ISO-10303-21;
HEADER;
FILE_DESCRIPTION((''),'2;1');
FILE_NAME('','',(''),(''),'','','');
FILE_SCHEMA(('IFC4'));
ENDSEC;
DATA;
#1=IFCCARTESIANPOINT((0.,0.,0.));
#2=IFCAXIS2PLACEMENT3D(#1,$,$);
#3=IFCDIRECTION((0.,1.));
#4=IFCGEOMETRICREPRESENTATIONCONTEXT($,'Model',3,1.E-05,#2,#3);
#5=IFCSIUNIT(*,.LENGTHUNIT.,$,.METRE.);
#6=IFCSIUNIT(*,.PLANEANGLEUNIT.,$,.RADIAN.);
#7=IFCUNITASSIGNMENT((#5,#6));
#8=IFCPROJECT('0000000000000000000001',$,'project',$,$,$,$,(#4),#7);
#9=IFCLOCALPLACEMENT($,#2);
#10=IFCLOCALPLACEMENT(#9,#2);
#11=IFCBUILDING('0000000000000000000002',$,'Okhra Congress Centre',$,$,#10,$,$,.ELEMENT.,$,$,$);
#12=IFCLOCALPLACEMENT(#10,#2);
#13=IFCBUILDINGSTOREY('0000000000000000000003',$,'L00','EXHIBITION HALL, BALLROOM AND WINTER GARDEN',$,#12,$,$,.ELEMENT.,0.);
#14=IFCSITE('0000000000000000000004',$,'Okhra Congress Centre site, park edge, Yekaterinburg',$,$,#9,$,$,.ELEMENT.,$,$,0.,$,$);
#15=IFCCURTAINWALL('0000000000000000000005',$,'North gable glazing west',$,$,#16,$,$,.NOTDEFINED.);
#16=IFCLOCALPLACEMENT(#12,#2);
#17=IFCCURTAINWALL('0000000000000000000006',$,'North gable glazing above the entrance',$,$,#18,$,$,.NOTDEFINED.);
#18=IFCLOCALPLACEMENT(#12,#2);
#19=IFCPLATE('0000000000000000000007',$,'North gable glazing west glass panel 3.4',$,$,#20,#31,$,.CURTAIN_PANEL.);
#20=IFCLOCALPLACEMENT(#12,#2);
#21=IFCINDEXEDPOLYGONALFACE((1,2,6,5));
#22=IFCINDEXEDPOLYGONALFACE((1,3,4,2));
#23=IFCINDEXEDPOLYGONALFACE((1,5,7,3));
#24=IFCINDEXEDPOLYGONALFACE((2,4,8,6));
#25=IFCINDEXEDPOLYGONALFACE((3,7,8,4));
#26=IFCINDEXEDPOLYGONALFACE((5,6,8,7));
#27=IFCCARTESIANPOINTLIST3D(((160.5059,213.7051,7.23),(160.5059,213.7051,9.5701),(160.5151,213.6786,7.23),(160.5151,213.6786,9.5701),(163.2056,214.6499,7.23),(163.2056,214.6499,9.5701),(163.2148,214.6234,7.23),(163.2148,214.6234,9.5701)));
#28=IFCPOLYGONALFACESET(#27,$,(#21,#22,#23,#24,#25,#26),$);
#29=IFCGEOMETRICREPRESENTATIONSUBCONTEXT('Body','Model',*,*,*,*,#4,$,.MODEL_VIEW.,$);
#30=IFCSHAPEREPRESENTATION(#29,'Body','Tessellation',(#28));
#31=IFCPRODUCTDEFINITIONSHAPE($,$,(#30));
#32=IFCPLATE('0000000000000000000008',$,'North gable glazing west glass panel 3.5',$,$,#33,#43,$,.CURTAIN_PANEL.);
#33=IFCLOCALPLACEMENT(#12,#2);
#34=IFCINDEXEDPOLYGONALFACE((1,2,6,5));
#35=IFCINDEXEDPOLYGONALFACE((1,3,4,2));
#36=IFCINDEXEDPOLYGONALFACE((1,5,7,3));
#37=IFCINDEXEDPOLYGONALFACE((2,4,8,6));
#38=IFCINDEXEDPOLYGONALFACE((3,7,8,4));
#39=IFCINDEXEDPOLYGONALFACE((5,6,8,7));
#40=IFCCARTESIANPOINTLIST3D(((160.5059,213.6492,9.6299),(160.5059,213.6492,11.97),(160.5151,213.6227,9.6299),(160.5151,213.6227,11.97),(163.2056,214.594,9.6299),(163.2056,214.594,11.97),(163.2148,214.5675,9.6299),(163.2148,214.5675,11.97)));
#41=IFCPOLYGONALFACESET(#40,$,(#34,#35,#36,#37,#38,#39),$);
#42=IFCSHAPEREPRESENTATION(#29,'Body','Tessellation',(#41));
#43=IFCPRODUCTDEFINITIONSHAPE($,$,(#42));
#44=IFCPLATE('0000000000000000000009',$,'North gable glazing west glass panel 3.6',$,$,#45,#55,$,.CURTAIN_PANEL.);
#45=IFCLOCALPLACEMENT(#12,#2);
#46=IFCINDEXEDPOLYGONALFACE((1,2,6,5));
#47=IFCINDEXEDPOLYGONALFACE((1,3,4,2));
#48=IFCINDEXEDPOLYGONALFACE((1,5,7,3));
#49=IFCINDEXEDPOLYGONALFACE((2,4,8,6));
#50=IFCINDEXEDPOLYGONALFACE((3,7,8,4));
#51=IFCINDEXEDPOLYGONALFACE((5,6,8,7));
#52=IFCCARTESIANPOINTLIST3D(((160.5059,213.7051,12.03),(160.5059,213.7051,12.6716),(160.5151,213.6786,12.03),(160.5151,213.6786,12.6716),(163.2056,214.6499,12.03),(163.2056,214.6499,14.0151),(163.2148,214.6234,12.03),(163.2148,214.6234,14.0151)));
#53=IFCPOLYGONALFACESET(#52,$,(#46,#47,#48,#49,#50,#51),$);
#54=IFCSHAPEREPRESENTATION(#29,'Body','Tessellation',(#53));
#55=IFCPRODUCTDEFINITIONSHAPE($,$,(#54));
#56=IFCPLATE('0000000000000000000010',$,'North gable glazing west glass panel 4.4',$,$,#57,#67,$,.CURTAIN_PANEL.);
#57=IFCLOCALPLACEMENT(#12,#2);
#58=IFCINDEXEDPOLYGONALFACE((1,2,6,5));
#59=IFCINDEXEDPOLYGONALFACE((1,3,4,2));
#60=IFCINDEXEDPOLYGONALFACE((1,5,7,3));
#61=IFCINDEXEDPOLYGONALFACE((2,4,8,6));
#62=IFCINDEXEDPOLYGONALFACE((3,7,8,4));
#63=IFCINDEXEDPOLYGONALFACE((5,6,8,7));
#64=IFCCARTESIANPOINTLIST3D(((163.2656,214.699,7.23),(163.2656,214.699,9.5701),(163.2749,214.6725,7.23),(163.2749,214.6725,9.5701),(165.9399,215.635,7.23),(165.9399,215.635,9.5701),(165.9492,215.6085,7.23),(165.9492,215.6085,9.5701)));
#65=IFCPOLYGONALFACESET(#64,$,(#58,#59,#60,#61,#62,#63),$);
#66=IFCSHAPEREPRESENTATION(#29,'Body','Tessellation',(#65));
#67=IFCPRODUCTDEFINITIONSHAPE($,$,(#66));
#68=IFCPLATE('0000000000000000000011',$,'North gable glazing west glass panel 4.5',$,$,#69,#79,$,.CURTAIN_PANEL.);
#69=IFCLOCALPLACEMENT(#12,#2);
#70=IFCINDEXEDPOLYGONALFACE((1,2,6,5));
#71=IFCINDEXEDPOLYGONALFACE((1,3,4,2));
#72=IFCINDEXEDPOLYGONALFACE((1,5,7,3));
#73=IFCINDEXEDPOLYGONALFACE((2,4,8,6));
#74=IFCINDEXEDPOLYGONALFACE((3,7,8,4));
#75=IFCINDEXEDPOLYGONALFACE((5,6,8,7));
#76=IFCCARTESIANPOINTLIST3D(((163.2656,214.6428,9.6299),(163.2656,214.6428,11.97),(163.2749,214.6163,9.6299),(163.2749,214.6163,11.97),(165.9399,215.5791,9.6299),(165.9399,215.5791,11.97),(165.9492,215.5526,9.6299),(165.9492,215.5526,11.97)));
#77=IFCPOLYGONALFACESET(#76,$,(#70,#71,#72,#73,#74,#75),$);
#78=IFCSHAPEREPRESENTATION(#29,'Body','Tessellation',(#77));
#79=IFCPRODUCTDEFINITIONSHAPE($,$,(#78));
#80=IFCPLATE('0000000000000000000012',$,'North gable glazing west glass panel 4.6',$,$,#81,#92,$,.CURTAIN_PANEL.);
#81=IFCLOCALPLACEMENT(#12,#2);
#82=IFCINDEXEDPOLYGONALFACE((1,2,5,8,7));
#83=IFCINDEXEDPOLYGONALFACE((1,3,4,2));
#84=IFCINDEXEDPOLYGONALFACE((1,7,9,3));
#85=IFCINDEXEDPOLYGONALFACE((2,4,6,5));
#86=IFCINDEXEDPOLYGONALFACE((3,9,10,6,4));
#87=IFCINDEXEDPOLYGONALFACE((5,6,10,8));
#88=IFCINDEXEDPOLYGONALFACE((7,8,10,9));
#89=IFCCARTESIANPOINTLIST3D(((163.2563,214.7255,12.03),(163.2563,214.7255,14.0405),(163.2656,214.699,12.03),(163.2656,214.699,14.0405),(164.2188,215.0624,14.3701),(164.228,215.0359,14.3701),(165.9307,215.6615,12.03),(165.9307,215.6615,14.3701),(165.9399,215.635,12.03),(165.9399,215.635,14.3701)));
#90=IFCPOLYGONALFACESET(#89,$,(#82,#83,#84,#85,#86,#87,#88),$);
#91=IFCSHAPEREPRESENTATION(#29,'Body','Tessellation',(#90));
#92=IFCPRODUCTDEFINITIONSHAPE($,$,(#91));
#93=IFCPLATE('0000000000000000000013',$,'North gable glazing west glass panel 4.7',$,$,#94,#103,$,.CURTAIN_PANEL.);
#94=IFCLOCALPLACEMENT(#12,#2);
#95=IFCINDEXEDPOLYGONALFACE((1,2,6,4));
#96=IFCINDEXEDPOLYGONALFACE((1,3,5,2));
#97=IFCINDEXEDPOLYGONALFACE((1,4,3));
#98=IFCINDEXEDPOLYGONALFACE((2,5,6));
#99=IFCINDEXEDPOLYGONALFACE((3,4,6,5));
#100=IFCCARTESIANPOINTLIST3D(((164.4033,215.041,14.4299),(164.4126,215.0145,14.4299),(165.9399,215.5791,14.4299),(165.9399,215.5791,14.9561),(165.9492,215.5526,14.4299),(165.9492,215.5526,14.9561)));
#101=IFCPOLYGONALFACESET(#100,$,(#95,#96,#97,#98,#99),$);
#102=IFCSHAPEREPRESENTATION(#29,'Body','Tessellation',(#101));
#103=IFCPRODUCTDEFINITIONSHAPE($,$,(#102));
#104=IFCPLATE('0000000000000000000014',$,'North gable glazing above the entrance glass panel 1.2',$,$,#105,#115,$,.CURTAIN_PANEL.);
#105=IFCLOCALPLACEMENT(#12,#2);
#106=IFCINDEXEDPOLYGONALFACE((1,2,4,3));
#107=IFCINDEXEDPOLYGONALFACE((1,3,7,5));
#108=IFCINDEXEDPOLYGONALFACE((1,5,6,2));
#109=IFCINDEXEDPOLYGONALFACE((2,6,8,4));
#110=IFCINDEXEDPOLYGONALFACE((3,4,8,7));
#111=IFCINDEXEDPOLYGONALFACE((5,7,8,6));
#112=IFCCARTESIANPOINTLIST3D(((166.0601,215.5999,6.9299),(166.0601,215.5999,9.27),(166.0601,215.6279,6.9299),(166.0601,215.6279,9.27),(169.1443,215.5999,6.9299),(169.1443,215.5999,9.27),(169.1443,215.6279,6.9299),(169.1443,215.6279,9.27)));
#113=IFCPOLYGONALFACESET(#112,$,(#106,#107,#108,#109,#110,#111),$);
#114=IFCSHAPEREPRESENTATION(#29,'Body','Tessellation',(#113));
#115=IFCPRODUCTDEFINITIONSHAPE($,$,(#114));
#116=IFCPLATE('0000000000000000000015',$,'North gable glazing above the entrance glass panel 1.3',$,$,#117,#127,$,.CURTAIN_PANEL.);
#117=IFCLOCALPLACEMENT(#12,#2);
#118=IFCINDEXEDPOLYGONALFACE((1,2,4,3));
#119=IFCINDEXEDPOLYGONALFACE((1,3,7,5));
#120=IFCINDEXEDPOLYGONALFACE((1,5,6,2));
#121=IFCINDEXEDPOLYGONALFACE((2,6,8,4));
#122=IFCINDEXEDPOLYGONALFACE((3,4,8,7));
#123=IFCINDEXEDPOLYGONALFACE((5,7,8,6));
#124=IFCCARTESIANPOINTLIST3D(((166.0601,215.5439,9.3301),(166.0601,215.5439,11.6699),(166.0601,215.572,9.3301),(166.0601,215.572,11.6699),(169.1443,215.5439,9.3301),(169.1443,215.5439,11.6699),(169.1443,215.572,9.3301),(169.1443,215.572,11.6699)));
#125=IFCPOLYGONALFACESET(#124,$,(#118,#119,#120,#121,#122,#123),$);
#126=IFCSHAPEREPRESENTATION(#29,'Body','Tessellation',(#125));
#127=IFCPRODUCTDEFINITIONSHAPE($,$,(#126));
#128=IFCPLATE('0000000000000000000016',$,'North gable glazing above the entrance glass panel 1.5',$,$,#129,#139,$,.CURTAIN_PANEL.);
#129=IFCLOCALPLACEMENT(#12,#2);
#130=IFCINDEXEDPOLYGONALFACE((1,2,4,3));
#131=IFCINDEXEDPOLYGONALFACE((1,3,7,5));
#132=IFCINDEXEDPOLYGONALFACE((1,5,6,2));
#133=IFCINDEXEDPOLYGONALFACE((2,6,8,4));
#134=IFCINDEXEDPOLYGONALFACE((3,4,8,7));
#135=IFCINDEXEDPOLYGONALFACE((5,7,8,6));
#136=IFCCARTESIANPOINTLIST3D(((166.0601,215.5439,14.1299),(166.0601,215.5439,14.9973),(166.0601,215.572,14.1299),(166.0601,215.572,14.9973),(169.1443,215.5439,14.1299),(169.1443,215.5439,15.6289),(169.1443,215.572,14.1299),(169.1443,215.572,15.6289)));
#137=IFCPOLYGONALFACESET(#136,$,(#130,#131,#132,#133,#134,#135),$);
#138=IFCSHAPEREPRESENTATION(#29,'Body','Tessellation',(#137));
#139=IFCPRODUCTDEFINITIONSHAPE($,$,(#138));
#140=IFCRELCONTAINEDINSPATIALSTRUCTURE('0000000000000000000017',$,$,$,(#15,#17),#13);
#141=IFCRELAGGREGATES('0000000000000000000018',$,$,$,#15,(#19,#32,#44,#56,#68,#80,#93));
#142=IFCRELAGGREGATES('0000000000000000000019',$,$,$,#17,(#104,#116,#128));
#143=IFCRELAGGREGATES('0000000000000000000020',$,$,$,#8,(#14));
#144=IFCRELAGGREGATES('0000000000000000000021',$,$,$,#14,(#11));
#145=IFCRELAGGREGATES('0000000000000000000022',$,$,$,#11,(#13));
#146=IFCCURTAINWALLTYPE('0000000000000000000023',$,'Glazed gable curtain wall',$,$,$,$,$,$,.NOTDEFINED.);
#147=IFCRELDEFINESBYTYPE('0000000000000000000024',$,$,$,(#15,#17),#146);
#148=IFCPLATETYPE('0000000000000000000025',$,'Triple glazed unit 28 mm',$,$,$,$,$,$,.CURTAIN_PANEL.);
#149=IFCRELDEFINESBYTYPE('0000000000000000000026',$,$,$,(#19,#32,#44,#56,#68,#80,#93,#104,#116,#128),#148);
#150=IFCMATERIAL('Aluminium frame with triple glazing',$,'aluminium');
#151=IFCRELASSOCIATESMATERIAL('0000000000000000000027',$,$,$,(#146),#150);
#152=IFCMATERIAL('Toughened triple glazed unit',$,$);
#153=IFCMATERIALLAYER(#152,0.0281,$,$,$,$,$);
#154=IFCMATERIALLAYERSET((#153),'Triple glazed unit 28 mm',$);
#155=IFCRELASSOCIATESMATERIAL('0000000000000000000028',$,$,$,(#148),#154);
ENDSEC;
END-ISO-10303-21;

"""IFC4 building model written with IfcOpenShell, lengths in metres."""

from ifc_helpers import new_model, si_unit, direction, frame, origin, place, context, subcontext, project, spatial, polyline, outline, extrude, material, layer, layer_set, type_object, element, aggregate, save


model = new_model("IFC4")

# Units and contexts
model_context = context("Model", 3, precision=1e-05, world=origin(), true_north=direction((0.0, 1.0)))
body_context = subcontext(model_context, "Body", "Model", "MODEL_VIEW")
ifc_project = project(units=[si_unit("LENGTHUNIT", "METRE"), si_unit("PLANEANGLEUNIT", "RADIAN")], contexts=[model_context])

# Site, building, storey
site_placement = place(None, origin())
site = spatial("IfcSite", under=ifc_project, at=site_placement, Name="Okhra Congress Centre site, park edge, Yekaterinburg", CompositionType="ELEMENT", RefElevation=0.0)
building_placement = place(site_placement, origin())
building = spatial("IfcBuilding", under=site, at=building_placement, Name="Okhra Congress Centre", CompositionType="ELEMENT")
storey_placement = place(building_placement, origin())
storey = spatial("IfcBuildingStorey", under=building, at=storey_placement, Name="L00", Description="EXHIBITION HALL, BALLROOM AND WINTER GARDEN", CompositionType="ELEMENT", Elevation=0.0)

# Curtain walls
ifc_material_1 = material(Name="Aluminium frame with triple glazing", Category="aluminium")
curtain_wall_type = type_object("IfcCurtainWallType", Name="Glazed gable curtain wall", PredefinedType="NOTDEFINED", material=ifc_material_1)
curtain_wall_1_placement = place(storey_placement, origin())
curtain_wall_1 = element("IfcCurtainWall", 1, at=curtain_wall_1_placement, inside=storey, type_object=curtain_wall_type, Name="North gable glazing west", PredefinedType="NOTDEFINED")
curtain_wall_2_placement = place(storey_placement, origin())
curtain_wall_2 = element("IfcCurtainWall", 2, at=curtain_wall_2_placement, inside=storey, type_object=curtain_wall_type, Name="North gable glazing above the entrance", PredefinedType="NOTDEFINED")

# Plates
ifc_material_2 = material(Name="Toughened triple glazed unit")
ifc_layer = layer(ifc_material_2, 0.0281)
ifc_layer_set = layer_set([ifc_layer], Name="Triple glazed unit 28 mm")
plate_type = type_object("IfcPlateType", Name="Triple glazed unit 28 mm", PredefinedType="CURTAIN_PANEL", material=ifc_layer_set)
plate_1_placement = place(storey_placement, frame((163.2056, 214.6499, 7.23), z_axis=(-0.330328, 0.943866, 0.0), x_axis=(-0.943866, -0.330328, 0.0)))
plate_1 = element("IfcPlate", 3, at=plate_1_placement, type_object=plate_type, Name="North gable glazing west glass panel 3.4", PredefinedType="CURTAIN_PANEL", context=body_context, shape_type="SweptSolid", body=[
    extrude(outline(polyline([(0.0, 0.0), (2.8603, 0.0), (2.8603, 2.3401), (0.0, 2.3401), (0.0, 0.0)])), origin(), (0.0, 0.0, -1.0), 0.0281),
])
plate_2_placement = place(storey_placement, frame((163.2056, 214.594, 9.6299), z_axis=(-0.330328, 0.943866, 0.0), x_axis=(-0.943866, -0.330328, 0.0)))
plate_2 = element("IfcPlate", 4, at=plate_2_placement, type_object=plate_type, Name="North gable glazing west glass panel 3.5", PredefinedType="CURTAIN_PANEL", context=body_context, shape_type="SweptSolid", body=[
    extrude(outline(polyline([(0.0, 0.0), (2.8603, 0.0), (2.8603, 2.3401), (0.0, 2.3401), (0.0, 0.0)])), origin(), (0.0, 0.0, -1.0), 0.0281),
])
plate_3_placement = place(storey_placement, frame((163.2056, 214.6499, 12.03), z_axis=(-0.330328, 0.943866, 0.0), x_axis=(-0.943866, -0.330328, 0.0)))
plate_3 = element("IfcPlate", 5, at=plate_3_placement, type_object=plate_type, Name="North gable glazing west glass panel 3.6", PredefinedType="CURTAIN_PANEL", context=body_context, shape_type="SweptSolid", body=[
    extrude(outline(polyline([(0.0, 0.0), (2.8603, 0.0), (2.8603, 0.6416), (0.0, 1.9851), (0.0, 0.0)])), origin(), (0.0, 0.0, -1.0), 0.0281),
])
plate_4_placement = place(storey_placement, frame((165.9399, 215.635, 7.23), z_axis=(-0.330358, 0.943856, 0.0), x_axis=(-0.943856, -0.330358, 0.0)))
plate_4 = element("IfcPlate", 6, at=plate_4_placement, type_object=plate_type, Name="North gable glazing west glass panel 4.4", PredefinedType="CURTAIN_PANEL", context=body_context, shape_type="SweptSolid", body=[
    extrude(outline(polyline([(0.0, 0.0), (2.8334, 0.0), (2.8334, 2.3401), (0.0, 2.3401), (0.0, 0.0)])), origin(), (0.0, 0.0, -1.0), 0.0281),
])
plate_5_placement = place(storey_placement, frame((165.9399, 215.5791, 9.6299), z_axis=(-0.330435, 0.943829, 0.0), x_axis=(-0.943829, -0.330435, 0.0)))
plate_5 = element("IfcPlate", 7, at=plate_5_placement, type_object=plate_type, Name="North gable glazing west glass panel 4.5", PredefinedType="CURTAIN_PANEL", context=body_context, shape_type="SweptSolid", body=[
    extrude(outline(polyline([(0.0, 0.0), (2.8335, 0.0), (2.8335, 2.3401), (0.0, 2.3401), (0.0, 0.0)])), origin(), (0.0, 0.0, -1.0), 0.0281),
])
plate_6_placement = place(storey_placement, frame((165.9399, 215.635, 12.03), z_axis=(0.330357, -0.943856, 0.000013), x_axis=(-0.943856, -0.330357, 0.0)))
plate_6 = element("IfcPlate", 8, at=plate_6_placement, type_object=plate_type, Name="North gable glazing west glass panel 4.6", PredefinedType="CURTAIN_PANEL", context=body_context, shape_type="SweptSolid", body=[
    extrude(outline(polyline([(0.0, 0.0), (2.8334, 0.0), (2.8334, -2.0105), (1.8137, -2.3401), (0.0, -2.3401), (0.0, 0.0)])), origin(), (0.0, 0.0, -1.0), 0.0281),
])
plate_7_placement = place(storey_placement, frame((165.9399, 215.5791, 14.4299), z_axis=(-0.330497, 0.943807, 0.0), x_axis=(-0.943807, -0.330497, 0.0)))
plate_7 = element("IfcPlate", 9, at=plate_7_placement, type_object=plate_type, Name="North gable glazing west glass panel 4.7", PredefinedType="CURTAIN_PANEL", context=body_context, shape_type="SweptSolid", body=[
    extrude(outline(polyline([(0.0, 0.0), (1.6281, 0.0), (0.0, 0.5261), (0.0, 0.0)])), origin(), (0.0, 0.0, -1.0), 0.0281),
])
aggregate(curtain_wall_1, [plate_1, plate_2, plate_3, plate_4, plate_5, plate_6, plate_7])
plate_8_placement = place(storey_placement, frame((169.1443, 215.6279, 6.9299), z_axis=(0.0, 1.0, 0.0), x_axis=(-1.0, 0.0, 0.0)))
plate_8 = element("IfcPlate", 10, at=plate_8_placement, type_object=plate_type, Name="North gable glazing above the entrance glass panel 1.2", PredefinedType="CURTAIN_PANEL", context=body_context, shape_type="SweptSolid", body=[
    extrude(outline(polyline([(0.0, 0.0), (3.0842, 0.0), (3.0842, 2.3401), (0.0, 2.3401), (0.0, 0.0)])), origin(), (0.0, 0.0, -1.0), 0.0281),
])
plate_9_placement = place(storey_placement, frame((169.1443, 215.572, 9.3301), z_axis=(0.0, 1.0, 0.0), x_axis=(-1.0, 0.0, 0.0)))
plate_9 = element("IfcPlate", 11, at=plate_9_placement, type_object=plate_type, Name="North gable glazing above the entrance glass panel 1.3", PredefinedType="CURTAIN_PANEL", context=body_context, shape_type="SweptSolid", body=[
    extrude(outline(polyline([(0.0, 0.0), (3.0842, 0.0), (3.0842, 2.3398), (0.0, 2.3398), (0.0, 0.0)])), origin(), (0.0, 0.0, -1.0), 0.0281),
])
plate_10_placement = place(storey_placement, frame((169.1443, 215.572, 14.1299), z_axis=(0.0, 1.0, 0.0), x_axis=(-1.0, 0.0, 0.0)))
plate_10 = element("IfcPlate", 12, at=plate_10_placement, type_object=plate_type, Name="North gable glazing above the entrance glass panel 1.5", PredefinedType="CURTAIN_PANEL", context=body_context, shape_type="SweptSolid", body=[
    extrude(outline(polyline([(0.0, 0.0), (3.0842, 0.0), (3.0842, 0.8674), (0.0, 1.499), (0.0, 0.0)])), origin(), (0.0, 0.0, -1.0), 0.0281),
])
aggregate(curtain_wall_2, [plate_8, plate_9, plate_10])

save(model, "model.ifc")
